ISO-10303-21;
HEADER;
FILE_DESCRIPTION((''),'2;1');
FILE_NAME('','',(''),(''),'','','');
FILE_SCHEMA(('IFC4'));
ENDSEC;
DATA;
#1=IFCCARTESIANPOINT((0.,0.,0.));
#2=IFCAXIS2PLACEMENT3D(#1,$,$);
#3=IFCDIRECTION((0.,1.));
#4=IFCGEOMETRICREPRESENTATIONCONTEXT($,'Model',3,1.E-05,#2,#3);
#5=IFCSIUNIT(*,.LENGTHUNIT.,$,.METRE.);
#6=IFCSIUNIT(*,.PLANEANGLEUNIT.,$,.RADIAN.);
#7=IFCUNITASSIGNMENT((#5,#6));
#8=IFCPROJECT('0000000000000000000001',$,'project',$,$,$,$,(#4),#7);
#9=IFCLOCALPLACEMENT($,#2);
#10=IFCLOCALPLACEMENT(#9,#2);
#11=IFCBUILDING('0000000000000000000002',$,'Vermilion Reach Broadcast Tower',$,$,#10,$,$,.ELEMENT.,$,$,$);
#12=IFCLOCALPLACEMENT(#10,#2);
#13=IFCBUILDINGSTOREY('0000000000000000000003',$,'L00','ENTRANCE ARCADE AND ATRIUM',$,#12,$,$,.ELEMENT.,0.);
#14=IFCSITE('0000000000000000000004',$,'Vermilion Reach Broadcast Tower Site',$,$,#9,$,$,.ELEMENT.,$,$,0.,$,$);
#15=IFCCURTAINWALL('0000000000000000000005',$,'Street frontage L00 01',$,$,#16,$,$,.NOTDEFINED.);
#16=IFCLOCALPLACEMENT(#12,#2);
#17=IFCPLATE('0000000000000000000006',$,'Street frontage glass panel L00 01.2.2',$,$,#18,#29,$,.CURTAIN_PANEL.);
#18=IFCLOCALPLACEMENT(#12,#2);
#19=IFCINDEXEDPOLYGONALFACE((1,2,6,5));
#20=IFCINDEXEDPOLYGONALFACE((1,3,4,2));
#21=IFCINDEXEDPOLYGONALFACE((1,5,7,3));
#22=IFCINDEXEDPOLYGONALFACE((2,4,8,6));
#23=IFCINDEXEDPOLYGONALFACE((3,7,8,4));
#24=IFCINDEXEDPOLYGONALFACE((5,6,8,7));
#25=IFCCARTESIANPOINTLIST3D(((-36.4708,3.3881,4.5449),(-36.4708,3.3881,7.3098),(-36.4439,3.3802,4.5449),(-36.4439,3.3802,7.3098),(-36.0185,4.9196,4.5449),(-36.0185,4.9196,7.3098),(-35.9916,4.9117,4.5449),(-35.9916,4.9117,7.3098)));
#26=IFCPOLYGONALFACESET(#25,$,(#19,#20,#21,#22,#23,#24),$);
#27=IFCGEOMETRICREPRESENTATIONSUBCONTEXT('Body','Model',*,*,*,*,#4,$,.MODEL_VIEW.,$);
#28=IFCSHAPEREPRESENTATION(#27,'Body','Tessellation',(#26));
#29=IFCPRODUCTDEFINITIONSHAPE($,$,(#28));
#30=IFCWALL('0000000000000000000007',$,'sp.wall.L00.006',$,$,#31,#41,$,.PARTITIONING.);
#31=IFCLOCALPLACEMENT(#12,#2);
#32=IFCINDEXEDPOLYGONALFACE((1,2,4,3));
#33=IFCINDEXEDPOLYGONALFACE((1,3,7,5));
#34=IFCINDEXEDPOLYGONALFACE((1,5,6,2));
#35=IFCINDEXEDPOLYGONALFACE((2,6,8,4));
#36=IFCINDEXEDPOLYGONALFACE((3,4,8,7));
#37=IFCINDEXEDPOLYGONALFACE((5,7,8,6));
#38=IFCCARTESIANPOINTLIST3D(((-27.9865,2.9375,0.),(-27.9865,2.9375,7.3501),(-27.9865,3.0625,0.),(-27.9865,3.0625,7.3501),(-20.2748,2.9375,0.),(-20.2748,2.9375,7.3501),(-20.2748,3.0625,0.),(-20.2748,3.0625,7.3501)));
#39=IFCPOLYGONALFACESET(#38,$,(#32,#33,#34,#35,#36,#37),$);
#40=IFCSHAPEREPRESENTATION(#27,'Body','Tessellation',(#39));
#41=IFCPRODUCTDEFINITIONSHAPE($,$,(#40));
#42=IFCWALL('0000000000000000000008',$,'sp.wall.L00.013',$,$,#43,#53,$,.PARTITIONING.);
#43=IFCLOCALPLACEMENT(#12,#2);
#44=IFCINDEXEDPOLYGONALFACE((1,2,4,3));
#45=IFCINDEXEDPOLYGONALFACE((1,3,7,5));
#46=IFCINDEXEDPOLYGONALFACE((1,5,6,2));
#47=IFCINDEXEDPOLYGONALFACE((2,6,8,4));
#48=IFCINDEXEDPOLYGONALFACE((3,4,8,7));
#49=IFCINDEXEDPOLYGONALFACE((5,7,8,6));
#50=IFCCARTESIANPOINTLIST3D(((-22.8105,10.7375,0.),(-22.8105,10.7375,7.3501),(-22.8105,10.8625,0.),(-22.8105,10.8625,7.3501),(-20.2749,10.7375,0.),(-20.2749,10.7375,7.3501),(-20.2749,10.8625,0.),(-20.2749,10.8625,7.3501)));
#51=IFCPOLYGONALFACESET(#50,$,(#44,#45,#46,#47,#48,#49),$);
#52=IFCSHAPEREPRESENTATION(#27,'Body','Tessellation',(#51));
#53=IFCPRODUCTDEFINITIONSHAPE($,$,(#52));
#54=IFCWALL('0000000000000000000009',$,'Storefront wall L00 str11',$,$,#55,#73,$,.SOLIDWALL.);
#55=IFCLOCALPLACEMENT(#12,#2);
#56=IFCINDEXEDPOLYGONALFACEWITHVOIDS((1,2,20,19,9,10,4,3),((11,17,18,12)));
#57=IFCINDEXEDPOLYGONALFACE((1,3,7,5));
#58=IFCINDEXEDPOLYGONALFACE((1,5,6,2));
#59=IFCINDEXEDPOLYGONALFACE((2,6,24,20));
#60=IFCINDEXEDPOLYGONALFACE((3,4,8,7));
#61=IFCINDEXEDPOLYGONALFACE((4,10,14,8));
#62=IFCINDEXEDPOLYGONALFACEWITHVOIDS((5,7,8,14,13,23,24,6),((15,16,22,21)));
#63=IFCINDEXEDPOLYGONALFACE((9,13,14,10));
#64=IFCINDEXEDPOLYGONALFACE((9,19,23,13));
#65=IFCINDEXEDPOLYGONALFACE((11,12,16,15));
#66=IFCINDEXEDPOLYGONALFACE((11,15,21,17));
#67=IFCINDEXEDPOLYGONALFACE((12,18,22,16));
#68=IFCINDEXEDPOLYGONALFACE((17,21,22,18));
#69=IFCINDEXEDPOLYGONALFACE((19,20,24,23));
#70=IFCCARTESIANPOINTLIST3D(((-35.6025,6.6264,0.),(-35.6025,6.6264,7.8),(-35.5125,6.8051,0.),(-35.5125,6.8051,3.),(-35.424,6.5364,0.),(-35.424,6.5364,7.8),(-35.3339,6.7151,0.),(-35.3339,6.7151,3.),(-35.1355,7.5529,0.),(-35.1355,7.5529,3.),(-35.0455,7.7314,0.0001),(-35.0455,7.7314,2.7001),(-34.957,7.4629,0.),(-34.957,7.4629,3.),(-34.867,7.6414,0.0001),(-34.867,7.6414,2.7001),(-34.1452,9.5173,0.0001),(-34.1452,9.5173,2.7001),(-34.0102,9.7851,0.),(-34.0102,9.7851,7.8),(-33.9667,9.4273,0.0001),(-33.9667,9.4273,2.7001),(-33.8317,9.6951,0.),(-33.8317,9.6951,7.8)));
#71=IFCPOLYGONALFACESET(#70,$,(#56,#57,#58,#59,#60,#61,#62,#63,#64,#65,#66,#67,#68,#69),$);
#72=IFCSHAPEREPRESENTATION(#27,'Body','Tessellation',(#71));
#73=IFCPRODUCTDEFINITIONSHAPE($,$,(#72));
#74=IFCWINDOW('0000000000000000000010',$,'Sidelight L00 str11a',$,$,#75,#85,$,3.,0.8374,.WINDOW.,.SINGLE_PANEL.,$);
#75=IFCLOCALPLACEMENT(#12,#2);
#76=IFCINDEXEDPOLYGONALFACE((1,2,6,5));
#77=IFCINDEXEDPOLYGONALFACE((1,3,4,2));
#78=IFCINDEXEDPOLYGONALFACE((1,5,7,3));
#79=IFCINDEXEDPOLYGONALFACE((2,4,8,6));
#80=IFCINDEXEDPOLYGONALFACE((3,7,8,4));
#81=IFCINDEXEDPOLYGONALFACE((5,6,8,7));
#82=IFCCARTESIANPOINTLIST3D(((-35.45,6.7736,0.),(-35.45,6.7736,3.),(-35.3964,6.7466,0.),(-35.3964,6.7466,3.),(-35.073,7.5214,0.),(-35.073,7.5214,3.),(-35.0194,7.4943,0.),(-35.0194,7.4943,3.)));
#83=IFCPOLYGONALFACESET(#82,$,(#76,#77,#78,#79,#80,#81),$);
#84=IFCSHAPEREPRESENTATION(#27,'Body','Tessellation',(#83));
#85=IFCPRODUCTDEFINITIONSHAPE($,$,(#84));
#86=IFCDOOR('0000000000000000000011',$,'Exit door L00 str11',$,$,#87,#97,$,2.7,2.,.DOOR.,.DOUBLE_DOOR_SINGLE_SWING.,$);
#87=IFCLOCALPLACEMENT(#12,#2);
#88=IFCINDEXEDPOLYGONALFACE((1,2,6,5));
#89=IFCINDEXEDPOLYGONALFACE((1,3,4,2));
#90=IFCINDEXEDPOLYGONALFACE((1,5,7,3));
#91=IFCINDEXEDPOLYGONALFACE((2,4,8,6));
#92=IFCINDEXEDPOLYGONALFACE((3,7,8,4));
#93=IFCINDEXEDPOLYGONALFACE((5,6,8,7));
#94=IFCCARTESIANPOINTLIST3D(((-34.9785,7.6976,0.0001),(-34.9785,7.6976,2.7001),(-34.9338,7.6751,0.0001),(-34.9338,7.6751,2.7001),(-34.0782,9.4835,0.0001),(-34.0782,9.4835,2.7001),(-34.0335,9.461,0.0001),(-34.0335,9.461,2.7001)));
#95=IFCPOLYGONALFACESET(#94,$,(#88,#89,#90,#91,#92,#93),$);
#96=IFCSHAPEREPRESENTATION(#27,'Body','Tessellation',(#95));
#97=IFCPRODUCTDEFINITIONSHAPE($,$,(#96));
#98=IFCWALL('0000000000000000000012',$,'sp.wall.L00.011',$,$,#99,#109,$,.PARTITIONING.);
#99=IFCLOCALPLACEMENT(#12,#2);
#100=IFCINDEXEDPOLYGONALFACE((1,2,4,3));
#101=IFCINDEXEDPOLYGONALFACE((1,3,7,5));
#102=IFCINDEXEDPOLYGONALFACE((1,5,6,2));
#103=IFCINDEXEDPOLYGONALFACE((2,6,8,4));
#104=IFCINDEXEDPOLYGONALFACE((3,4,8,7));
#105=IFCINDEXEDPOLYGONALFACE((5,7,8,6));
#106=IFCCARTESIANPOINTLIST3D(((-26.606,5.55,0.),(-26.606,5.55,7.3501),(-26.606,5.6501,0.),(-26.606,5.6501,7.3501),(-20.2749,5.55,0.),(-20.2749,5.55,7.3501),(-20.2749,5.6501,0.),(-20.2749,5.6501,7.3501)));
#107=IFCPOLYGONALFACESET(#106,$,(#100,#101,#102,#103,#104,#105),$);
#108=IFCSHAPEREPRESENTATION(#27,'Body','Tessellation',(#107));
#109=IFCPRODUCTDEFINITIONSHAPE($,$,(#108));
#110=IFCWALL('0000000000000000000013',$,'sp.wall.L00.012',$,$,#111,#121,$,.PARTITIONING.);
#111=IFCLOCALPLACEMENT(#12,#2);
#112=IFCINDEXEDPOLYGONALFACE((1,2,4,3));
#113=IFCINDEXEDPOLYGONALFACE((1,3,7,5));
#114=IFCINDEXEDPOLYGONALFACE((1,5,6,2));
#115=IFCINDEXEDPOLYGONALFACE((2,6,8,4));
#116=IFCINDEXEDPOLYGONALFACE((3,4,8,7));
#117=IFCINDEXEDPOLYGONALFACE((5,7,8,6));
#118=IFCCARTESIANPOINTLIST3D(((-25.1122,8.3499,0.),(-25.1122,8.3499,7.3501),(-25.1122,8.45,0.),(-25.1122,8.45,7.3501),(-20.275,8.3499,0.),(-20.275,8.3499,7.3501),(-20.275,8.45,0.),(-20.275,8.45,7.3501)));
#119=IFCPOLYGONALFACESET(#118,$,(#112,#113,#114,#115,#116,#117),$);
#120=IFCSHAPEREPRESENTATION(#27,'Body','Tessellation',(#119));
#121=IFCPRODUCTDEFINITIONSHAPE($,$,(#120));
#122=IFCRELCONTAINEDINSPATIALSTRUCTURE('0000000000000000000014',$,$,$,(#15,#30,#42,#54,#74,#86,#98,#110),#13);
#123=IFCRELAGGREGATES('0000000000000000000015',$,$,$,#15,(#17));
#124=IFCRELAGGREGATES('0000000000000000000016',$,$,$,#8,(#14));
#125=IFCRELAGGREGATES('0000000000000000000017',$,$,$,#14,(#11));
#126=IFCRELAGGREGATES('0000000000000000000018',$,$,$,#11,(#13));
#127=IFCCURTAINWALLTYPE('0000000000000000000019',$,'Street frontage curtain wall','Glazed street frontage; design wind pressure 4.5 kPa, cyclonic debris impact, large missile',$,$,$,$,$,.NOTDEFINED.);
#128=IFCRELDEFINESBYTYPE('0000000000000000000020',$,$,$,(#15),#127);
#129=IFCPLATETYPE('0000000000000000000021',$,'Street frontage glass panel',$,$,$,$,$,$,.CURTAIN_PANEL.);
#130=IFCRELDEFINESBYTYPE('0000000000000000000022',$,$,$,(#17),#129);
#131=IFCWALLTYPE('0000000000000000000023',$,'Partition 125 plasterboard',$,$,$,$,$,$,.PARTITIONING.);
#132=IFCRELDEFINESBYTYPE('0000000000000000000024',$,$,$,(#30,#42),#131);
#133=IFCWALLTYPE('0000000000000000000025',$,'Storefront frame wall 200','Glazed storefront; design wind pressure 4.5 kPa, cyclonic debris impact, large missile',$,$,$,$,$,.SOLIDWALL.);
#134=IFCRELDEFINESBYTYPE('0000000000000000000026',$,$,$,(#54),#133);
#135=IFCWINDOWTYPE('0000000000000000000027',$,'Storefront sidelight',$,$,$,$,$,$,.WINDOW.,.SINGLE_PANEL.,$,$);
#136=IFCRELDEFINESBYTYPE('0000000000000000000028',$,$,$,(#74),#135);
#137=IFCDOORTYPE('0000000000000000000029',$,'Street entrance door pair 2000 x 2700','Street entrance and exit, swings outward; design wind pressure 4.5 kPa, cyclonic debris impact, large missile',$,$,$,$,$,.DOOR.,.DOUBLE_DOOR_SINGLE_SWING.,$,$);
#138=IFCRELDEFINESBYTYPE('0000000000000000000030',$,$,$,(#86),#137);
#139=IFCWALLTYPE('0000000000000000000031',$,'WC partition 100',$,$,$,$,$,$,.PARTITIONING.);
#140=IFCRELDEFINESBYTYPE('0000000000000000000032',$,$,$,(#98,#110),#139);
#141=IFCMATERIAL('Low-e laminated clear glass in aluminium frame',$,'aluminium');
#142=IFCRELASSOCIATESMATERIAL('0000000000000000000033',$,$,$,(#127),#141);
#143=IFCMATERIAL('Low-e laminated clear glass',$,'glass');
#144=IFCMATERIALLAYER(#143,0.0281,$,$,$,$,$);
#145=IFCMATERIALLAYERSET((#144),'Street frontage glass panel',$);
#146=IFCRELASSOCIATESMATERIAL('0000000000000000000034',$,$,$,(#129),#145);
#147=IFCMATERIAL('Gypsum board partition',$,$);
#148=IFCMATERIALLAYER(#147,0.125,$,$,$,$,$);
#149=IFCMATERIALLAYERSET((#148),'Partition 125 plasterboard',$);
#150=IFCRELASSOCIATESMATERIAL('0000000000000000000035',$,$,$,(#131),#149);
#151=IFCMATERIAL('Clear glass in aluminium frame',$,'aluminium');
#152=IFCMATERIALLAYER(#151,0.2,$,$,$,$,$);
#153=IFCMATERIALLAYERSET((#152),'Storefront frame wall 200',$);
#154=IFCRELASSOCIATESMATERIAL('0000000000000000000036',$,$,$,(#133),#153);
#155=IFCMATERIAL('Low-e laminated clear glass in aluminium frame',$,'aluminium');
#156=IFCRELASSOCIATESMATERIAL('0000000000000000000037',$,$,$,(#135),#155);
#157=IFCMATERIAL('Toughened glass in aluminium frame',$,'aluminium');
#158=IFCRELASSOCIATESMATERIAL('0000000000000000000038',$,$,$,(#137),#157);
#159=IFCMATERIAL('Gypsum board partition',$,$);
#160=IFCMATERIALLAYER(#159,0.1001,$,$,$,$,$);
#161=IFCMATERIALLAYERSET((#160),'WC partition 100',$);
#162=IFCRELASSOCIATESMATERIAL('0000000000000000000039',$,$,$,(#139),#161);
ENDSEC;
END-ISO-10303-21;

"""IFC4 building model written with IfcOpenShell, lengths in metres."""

from ifc_helpers import new_model, si_unit, direction, frame, frame_2d, origin, origin_2d, place, context, subcontext, project, spatial, rectangle, extrude, material, layer, layer_set, type_object, element, fill, aggregate, save


model = new_model("IFC4")

# Units and contexts
model_context = context("Model", 3, precision=1e-05, world=origin(), true_north=direction((0.0, 1.0)))
body_context = subcontext(model_context, "Body", "Model", "MODEL_VIEW")
ifc_project = project(units=[si_unit("LENGTHUNIT", "METRE"), si_unit("PLANEANGLEUNIT", "RADIAN")], contexts=[model_context])

# Site, building, storey
site_placement = place(None, origin())
site = spatial("IfcSite", under=ifc_project, at=site_placement, Name="Vermilion Reach Broadcast Tower Site", CompositionType="ELEMENT", RefElevation=0.0)
building_placement = place(site_placement, origin())
building = spatial("IfcBuilding", under=site, at=building_placement, Name="Vermilion Reach Broadcast Tower", CompositionType="ELEMENT")
storey_placement = place(building_placement, origin())
storey = spatial("IfcBuildingStorey", under=building, at=storey_placement, Name="L00", Description="ENTRANCE ARCADE AND ATRIUM", CompositionType="ELEMENT", Elevation=0.0)

# Curtain wall
ifc_material_1 = material(Name="Low-e laminated clear glass in aluminium frame", Category="aluminium")
curtain_wall_type = type_object("IfcCurtainWallType", Name="Street frontage curtain wall", Description="Glazed street frontage; design wind pressure 4.5 kPa, cyclonic debris impact, large missile", PredefinedType="NOTDEFINED", material=ifc_material_1)
placement = place(storey_placement, origin())
curtain_wall_1 = element("IfcCurtainWall", 1, at=placement, inside=storey, type_object=curtain_wall_type, Name="Street frontage L00 01", PredefinedType="NOTDEFINED")

# Plate
ifc_material_2 = material(Name="Low-e laminated clear glass", Category="glass")
ifc_layer_1 = layer(ifc_material_2, 0.0281)
ifc_layer_set_1 = layer_set([ifc_layer_1], Name="Street frontage glass panel")
plate_type_1 = type_object("IfcPlateType", Name="Street frontage glass panel", PredefinedType="CURTAIN_PANEL", material=ifc_layer_set_1)
plate_1_placement = place(storey_placement, frame((-36.2312, 4.1499, 4.5449), z_axis=(0.0, 0.0, 1.0), x_axis=(-0.283245, -0.959048, 0.0)))
plate_1 = element("IfcPlate", 2, at=plate_1_placement, type_object=plate_type_1, Name="Street frontage glass panel L00 01.2.2", PredefinedType="CURTAIN_PANEL", context=body_context, shape_type="SweptSolid", body=[
    extrude(rectangle(XDim=1.5969, YDim=0.0281, at=origin_2d()), origin(), (0.0, 0.0, 1.0), 2.7649),
])
aggregate(curtain_wall_1, [plate_1])

# Walls
ifc_material_3 = material(Name="Gypsum board partition")
ifc_layer_2 = layer(ifc_material_3, 0.125)
ifc_layer_set_2 = layer_set([ifc_layer_2], Name="Partition 125 plasterboard")
wall_type_1 = type_object("IfcWallType", Name="Partition 125 plasterboard", PredefinedType="PARTITIONING", material=ifc_layer_set_2)
wall_1_placement = place(storey_placement, frame((-27.9866, 3.0, 0.0), z_axis=(0.0, 0.0, 1.0), x_axis=(1.0, 0.0, 0.0)))
element("IfcWall", 3, at=wall_1_placement, inside=storey, type_object=wall_type_1, Name="sp.wall.L00.006", PredefinedType="PARTITIONING", context=body_context, shape_type="SweptSolid", body=[
    extrude(rectangle(XDim=7.7117, YDim=0.125, at=frame_2d((3.856, 0.0))), origin(), (0.0, 0.0, 1.0), 7.3501),
])
wall_2_placement = place(storey_placement, frame((-22.8105, 10.8, 0.0), z_axis=(0.0, 0.0, 1.0), x_axis=(1.0, 0.0, 0.0)))
element("IfcWall", 4, at=wall_2_placement, inside=storey, type_object=wall_type_1, Name="sp.wall.L00.013", PredefinedType="PARTITIONING", context=body_context, shape_type="SweptSolid", body=[
    extrude(rectangle(XDim=2.5356, YDim=0.125, at=frame_2d((1.2678, 0.0))), origin(), (0.0, 0.0, 1.0), 7.3501),
])

# Wall, openings, window, door
ifc_material_4 = material(Name="Clear glass in aluminium frame", Category="aluminium")
ifc_layer_3 = layer(ifc_material_4, 0.2)
ifc_layer_set_3 = layer_set([ifc_layer_3], Name="Storefront frame wall 200")
wall_type_2 = type_object("IfcWallType", Name="Storefront frame wall 200", Description="Glazed storefront; design wind pressure 4.5 kPa, cyclonic debris impact, large missile", PredefinedType="SOLIDWALL", material=ifc_layer_set_3)
wall_3_placement = place(storey_placement, frame((-35.5132, 6.5815, 0.0), z_axis=(0.0, 0.0, 1.0), x_axis=(0.450138, 0.892959, 0.0)))
wall_3 = element("IfcWall", 5, at=wall_3_placement, inside=storey, type_object=wall_type_2, Name="Storefront wall L00 str11", PredefinedType="SOLIDWALL", context=body_context, shape_type="SweptSolid", body=[
    extrude(rectangle(XDim=3.5374, YDim=0.2, at=frame_2d((1.7686, 0.0))), origin(), (0.0, 0.0, 1.0), 7.8),
])
opening_1_placement = place(wall_3_placement, frame((1.2373, 0.0, 0.0)))
opening_1 = element("IfcOpeningElement", 6, at=opening_1_placement, cuts=wall_3, PredefinedType="OPENING", context=body_context, shape_type="SweptSolid", body=[
    extrude(rectangle(XDim=2.0, YDim=2.7, at=frame_2d((1.0, 1.3501))), frame((0.0, 0.1099, 0.0), z_axis=(0.0, -1.0, 0.0), x_axis=(1.0, 0.0, 0.0)), (0.0, 0.0, 1.0), 0.22),
])
opening_2_placement = place(wall_3_placement, frame((0.2, 0.0, 0.0)))
opening_2 = element("IfcOpeningElement", 7, at=opening_2_placement, cuts=wall_3, PredefinedType="OPENING", context=body_context, shape_type="SweptSolid", body=[
    extrude(rectangle(XDim=0.8374, YDim=3.0, at=frame_2d((0.4187, 1.5))), frame((0.0, 0.1099, 0.0), z_axis=(0.0, -1.0, 0.0), x_axis=(1.0, 0.0, 0.0)), (0.0, 0.0, 1.0), 0.22),
])
ifc_material_5 = material(Name="Low-e laminated clear glass in aluminium frame", Category="aluminium")
window_type = type_object("IfcWindowType", Name="Storefront sidelight", PartitioningType="SINGLE_PANEL", PredefinedType="WINDOW", material=ifc_material_5)
window_placement = place(opening_2_placement, origin())
window = element("IfcWindow", 8, at=window_placement, inside=storey, type_object=window_type, Name="Sidelight L00 str11a", OverallHeight=3.0, OverallWidth=0.8374, PartitioningType="SINGLE_PANEL", PredefinedType="WINDOW", context=body_context, shape_type="SweptSolid", body=[
    extrude(rectangle(XDim=0.8374, YDim=3.0, at=frame_2d((0.4187, 1.5))), frame((0.0, 0.03, 0.0), z_axis=(0.0, -1.0, 0.0), x_axis=(1.0, 0.0, 0.0)), (0.0, 0.0, 1.0), 0.0601),
])
fill(opening_2, window)
ifc_material_6 = material(Name="Toughened glass in aluminium frame", Category="aluminium")
door_type = type_object("IfcDoorType", Name="Street entrance door pair 2000 x 2700", Description="Street entrance and exit, swings outward; design wind pressure 4.5 kPa, cyclonic debris impact, large missile", OperationType="DOUBLE_DOOR_SINGLE_SWING", PredefinedType="DOOR", material=ifc_material_6)
door_placement = place(opening_1_placement, origin())
door = element("IfcDoor", 9, at=door_placement, inside=storey, type_object=door_type, Name="Exit door L00 str11", OperationType="DOUBLE_DOOR_SINGLE_SWING", OverallHeight=2.7, OverallWidth=2.0, PredefinedType="DOOR", context=body_context, shape_type="SweptSolid", body=[
    extrude(rectangle(XDim=2.0, YDim=2.7, at=frame_2d((1.0, 1.3501))), frame((0.0, 0.0249, 0.0), z_axis=(0.0, -1.0, 0.0), x_axis=(1.0, 0.0, 0.0)), (0.0, 0.0, 1.0), 0.05),
])
fill(opening_1, door)

# Walls
ifc_material_7 = material(Name="Gypsum board partition")
ifc_layer_4 = layer(ifc_material_7, 0.1001)
ifc_layer_set_4 = layer_set([ifc_layer_4], Name="WC partition 100")
wall_type_3 = type_object("IfcWallType", Name="WC partition 100", PredefinedType="PARTITIONING", material=ifc_layer_set_4)
wall_4_placement = place(storey_placement, frame((-26.606, 5.6001, 0.0), z_axis=(0.0, 0.0, 1.0), x_axis=(1.0, 0.0, 0.0)))
element("IfcWall", 10, at=wall_4_placement, inside=storey, type_object=wall_type_3, Name="sp.wall.L00.011", PredefinedType="PARTITIONING", context=body_context, shape_type="SweptSolid", body=[
    extrude(rectangle(XDim=6.3311, YDim=0.1001, at=frame_2d((3.1655, 0.0))), origin(), (0.0, 0.0, 1.0), 7.3501),
])
wall_5_placement = place(storey_placement, frame((-25.1121, 8.3999, 0.0), z_axis=(0.0, 0.0, 1.0), x_axis=(1.0, 0.0, 0.0)))
element("IfcWall", 11, at=wall_5_placement, inside=storey, type_object=wall_type_3, Name="sp.wall.L00.012", PredefinedType="PARTITIONING", context=body_context, shape_type="SweptSolid", body=[
    extrude(rectangle(XDim=4.8372, YDim=0.1001, at=frame_2d((2.4185, 0.0))), origin(), (0.0, 0.0, 1.0), 7.3501),
])

save(model, "model.ifc")
